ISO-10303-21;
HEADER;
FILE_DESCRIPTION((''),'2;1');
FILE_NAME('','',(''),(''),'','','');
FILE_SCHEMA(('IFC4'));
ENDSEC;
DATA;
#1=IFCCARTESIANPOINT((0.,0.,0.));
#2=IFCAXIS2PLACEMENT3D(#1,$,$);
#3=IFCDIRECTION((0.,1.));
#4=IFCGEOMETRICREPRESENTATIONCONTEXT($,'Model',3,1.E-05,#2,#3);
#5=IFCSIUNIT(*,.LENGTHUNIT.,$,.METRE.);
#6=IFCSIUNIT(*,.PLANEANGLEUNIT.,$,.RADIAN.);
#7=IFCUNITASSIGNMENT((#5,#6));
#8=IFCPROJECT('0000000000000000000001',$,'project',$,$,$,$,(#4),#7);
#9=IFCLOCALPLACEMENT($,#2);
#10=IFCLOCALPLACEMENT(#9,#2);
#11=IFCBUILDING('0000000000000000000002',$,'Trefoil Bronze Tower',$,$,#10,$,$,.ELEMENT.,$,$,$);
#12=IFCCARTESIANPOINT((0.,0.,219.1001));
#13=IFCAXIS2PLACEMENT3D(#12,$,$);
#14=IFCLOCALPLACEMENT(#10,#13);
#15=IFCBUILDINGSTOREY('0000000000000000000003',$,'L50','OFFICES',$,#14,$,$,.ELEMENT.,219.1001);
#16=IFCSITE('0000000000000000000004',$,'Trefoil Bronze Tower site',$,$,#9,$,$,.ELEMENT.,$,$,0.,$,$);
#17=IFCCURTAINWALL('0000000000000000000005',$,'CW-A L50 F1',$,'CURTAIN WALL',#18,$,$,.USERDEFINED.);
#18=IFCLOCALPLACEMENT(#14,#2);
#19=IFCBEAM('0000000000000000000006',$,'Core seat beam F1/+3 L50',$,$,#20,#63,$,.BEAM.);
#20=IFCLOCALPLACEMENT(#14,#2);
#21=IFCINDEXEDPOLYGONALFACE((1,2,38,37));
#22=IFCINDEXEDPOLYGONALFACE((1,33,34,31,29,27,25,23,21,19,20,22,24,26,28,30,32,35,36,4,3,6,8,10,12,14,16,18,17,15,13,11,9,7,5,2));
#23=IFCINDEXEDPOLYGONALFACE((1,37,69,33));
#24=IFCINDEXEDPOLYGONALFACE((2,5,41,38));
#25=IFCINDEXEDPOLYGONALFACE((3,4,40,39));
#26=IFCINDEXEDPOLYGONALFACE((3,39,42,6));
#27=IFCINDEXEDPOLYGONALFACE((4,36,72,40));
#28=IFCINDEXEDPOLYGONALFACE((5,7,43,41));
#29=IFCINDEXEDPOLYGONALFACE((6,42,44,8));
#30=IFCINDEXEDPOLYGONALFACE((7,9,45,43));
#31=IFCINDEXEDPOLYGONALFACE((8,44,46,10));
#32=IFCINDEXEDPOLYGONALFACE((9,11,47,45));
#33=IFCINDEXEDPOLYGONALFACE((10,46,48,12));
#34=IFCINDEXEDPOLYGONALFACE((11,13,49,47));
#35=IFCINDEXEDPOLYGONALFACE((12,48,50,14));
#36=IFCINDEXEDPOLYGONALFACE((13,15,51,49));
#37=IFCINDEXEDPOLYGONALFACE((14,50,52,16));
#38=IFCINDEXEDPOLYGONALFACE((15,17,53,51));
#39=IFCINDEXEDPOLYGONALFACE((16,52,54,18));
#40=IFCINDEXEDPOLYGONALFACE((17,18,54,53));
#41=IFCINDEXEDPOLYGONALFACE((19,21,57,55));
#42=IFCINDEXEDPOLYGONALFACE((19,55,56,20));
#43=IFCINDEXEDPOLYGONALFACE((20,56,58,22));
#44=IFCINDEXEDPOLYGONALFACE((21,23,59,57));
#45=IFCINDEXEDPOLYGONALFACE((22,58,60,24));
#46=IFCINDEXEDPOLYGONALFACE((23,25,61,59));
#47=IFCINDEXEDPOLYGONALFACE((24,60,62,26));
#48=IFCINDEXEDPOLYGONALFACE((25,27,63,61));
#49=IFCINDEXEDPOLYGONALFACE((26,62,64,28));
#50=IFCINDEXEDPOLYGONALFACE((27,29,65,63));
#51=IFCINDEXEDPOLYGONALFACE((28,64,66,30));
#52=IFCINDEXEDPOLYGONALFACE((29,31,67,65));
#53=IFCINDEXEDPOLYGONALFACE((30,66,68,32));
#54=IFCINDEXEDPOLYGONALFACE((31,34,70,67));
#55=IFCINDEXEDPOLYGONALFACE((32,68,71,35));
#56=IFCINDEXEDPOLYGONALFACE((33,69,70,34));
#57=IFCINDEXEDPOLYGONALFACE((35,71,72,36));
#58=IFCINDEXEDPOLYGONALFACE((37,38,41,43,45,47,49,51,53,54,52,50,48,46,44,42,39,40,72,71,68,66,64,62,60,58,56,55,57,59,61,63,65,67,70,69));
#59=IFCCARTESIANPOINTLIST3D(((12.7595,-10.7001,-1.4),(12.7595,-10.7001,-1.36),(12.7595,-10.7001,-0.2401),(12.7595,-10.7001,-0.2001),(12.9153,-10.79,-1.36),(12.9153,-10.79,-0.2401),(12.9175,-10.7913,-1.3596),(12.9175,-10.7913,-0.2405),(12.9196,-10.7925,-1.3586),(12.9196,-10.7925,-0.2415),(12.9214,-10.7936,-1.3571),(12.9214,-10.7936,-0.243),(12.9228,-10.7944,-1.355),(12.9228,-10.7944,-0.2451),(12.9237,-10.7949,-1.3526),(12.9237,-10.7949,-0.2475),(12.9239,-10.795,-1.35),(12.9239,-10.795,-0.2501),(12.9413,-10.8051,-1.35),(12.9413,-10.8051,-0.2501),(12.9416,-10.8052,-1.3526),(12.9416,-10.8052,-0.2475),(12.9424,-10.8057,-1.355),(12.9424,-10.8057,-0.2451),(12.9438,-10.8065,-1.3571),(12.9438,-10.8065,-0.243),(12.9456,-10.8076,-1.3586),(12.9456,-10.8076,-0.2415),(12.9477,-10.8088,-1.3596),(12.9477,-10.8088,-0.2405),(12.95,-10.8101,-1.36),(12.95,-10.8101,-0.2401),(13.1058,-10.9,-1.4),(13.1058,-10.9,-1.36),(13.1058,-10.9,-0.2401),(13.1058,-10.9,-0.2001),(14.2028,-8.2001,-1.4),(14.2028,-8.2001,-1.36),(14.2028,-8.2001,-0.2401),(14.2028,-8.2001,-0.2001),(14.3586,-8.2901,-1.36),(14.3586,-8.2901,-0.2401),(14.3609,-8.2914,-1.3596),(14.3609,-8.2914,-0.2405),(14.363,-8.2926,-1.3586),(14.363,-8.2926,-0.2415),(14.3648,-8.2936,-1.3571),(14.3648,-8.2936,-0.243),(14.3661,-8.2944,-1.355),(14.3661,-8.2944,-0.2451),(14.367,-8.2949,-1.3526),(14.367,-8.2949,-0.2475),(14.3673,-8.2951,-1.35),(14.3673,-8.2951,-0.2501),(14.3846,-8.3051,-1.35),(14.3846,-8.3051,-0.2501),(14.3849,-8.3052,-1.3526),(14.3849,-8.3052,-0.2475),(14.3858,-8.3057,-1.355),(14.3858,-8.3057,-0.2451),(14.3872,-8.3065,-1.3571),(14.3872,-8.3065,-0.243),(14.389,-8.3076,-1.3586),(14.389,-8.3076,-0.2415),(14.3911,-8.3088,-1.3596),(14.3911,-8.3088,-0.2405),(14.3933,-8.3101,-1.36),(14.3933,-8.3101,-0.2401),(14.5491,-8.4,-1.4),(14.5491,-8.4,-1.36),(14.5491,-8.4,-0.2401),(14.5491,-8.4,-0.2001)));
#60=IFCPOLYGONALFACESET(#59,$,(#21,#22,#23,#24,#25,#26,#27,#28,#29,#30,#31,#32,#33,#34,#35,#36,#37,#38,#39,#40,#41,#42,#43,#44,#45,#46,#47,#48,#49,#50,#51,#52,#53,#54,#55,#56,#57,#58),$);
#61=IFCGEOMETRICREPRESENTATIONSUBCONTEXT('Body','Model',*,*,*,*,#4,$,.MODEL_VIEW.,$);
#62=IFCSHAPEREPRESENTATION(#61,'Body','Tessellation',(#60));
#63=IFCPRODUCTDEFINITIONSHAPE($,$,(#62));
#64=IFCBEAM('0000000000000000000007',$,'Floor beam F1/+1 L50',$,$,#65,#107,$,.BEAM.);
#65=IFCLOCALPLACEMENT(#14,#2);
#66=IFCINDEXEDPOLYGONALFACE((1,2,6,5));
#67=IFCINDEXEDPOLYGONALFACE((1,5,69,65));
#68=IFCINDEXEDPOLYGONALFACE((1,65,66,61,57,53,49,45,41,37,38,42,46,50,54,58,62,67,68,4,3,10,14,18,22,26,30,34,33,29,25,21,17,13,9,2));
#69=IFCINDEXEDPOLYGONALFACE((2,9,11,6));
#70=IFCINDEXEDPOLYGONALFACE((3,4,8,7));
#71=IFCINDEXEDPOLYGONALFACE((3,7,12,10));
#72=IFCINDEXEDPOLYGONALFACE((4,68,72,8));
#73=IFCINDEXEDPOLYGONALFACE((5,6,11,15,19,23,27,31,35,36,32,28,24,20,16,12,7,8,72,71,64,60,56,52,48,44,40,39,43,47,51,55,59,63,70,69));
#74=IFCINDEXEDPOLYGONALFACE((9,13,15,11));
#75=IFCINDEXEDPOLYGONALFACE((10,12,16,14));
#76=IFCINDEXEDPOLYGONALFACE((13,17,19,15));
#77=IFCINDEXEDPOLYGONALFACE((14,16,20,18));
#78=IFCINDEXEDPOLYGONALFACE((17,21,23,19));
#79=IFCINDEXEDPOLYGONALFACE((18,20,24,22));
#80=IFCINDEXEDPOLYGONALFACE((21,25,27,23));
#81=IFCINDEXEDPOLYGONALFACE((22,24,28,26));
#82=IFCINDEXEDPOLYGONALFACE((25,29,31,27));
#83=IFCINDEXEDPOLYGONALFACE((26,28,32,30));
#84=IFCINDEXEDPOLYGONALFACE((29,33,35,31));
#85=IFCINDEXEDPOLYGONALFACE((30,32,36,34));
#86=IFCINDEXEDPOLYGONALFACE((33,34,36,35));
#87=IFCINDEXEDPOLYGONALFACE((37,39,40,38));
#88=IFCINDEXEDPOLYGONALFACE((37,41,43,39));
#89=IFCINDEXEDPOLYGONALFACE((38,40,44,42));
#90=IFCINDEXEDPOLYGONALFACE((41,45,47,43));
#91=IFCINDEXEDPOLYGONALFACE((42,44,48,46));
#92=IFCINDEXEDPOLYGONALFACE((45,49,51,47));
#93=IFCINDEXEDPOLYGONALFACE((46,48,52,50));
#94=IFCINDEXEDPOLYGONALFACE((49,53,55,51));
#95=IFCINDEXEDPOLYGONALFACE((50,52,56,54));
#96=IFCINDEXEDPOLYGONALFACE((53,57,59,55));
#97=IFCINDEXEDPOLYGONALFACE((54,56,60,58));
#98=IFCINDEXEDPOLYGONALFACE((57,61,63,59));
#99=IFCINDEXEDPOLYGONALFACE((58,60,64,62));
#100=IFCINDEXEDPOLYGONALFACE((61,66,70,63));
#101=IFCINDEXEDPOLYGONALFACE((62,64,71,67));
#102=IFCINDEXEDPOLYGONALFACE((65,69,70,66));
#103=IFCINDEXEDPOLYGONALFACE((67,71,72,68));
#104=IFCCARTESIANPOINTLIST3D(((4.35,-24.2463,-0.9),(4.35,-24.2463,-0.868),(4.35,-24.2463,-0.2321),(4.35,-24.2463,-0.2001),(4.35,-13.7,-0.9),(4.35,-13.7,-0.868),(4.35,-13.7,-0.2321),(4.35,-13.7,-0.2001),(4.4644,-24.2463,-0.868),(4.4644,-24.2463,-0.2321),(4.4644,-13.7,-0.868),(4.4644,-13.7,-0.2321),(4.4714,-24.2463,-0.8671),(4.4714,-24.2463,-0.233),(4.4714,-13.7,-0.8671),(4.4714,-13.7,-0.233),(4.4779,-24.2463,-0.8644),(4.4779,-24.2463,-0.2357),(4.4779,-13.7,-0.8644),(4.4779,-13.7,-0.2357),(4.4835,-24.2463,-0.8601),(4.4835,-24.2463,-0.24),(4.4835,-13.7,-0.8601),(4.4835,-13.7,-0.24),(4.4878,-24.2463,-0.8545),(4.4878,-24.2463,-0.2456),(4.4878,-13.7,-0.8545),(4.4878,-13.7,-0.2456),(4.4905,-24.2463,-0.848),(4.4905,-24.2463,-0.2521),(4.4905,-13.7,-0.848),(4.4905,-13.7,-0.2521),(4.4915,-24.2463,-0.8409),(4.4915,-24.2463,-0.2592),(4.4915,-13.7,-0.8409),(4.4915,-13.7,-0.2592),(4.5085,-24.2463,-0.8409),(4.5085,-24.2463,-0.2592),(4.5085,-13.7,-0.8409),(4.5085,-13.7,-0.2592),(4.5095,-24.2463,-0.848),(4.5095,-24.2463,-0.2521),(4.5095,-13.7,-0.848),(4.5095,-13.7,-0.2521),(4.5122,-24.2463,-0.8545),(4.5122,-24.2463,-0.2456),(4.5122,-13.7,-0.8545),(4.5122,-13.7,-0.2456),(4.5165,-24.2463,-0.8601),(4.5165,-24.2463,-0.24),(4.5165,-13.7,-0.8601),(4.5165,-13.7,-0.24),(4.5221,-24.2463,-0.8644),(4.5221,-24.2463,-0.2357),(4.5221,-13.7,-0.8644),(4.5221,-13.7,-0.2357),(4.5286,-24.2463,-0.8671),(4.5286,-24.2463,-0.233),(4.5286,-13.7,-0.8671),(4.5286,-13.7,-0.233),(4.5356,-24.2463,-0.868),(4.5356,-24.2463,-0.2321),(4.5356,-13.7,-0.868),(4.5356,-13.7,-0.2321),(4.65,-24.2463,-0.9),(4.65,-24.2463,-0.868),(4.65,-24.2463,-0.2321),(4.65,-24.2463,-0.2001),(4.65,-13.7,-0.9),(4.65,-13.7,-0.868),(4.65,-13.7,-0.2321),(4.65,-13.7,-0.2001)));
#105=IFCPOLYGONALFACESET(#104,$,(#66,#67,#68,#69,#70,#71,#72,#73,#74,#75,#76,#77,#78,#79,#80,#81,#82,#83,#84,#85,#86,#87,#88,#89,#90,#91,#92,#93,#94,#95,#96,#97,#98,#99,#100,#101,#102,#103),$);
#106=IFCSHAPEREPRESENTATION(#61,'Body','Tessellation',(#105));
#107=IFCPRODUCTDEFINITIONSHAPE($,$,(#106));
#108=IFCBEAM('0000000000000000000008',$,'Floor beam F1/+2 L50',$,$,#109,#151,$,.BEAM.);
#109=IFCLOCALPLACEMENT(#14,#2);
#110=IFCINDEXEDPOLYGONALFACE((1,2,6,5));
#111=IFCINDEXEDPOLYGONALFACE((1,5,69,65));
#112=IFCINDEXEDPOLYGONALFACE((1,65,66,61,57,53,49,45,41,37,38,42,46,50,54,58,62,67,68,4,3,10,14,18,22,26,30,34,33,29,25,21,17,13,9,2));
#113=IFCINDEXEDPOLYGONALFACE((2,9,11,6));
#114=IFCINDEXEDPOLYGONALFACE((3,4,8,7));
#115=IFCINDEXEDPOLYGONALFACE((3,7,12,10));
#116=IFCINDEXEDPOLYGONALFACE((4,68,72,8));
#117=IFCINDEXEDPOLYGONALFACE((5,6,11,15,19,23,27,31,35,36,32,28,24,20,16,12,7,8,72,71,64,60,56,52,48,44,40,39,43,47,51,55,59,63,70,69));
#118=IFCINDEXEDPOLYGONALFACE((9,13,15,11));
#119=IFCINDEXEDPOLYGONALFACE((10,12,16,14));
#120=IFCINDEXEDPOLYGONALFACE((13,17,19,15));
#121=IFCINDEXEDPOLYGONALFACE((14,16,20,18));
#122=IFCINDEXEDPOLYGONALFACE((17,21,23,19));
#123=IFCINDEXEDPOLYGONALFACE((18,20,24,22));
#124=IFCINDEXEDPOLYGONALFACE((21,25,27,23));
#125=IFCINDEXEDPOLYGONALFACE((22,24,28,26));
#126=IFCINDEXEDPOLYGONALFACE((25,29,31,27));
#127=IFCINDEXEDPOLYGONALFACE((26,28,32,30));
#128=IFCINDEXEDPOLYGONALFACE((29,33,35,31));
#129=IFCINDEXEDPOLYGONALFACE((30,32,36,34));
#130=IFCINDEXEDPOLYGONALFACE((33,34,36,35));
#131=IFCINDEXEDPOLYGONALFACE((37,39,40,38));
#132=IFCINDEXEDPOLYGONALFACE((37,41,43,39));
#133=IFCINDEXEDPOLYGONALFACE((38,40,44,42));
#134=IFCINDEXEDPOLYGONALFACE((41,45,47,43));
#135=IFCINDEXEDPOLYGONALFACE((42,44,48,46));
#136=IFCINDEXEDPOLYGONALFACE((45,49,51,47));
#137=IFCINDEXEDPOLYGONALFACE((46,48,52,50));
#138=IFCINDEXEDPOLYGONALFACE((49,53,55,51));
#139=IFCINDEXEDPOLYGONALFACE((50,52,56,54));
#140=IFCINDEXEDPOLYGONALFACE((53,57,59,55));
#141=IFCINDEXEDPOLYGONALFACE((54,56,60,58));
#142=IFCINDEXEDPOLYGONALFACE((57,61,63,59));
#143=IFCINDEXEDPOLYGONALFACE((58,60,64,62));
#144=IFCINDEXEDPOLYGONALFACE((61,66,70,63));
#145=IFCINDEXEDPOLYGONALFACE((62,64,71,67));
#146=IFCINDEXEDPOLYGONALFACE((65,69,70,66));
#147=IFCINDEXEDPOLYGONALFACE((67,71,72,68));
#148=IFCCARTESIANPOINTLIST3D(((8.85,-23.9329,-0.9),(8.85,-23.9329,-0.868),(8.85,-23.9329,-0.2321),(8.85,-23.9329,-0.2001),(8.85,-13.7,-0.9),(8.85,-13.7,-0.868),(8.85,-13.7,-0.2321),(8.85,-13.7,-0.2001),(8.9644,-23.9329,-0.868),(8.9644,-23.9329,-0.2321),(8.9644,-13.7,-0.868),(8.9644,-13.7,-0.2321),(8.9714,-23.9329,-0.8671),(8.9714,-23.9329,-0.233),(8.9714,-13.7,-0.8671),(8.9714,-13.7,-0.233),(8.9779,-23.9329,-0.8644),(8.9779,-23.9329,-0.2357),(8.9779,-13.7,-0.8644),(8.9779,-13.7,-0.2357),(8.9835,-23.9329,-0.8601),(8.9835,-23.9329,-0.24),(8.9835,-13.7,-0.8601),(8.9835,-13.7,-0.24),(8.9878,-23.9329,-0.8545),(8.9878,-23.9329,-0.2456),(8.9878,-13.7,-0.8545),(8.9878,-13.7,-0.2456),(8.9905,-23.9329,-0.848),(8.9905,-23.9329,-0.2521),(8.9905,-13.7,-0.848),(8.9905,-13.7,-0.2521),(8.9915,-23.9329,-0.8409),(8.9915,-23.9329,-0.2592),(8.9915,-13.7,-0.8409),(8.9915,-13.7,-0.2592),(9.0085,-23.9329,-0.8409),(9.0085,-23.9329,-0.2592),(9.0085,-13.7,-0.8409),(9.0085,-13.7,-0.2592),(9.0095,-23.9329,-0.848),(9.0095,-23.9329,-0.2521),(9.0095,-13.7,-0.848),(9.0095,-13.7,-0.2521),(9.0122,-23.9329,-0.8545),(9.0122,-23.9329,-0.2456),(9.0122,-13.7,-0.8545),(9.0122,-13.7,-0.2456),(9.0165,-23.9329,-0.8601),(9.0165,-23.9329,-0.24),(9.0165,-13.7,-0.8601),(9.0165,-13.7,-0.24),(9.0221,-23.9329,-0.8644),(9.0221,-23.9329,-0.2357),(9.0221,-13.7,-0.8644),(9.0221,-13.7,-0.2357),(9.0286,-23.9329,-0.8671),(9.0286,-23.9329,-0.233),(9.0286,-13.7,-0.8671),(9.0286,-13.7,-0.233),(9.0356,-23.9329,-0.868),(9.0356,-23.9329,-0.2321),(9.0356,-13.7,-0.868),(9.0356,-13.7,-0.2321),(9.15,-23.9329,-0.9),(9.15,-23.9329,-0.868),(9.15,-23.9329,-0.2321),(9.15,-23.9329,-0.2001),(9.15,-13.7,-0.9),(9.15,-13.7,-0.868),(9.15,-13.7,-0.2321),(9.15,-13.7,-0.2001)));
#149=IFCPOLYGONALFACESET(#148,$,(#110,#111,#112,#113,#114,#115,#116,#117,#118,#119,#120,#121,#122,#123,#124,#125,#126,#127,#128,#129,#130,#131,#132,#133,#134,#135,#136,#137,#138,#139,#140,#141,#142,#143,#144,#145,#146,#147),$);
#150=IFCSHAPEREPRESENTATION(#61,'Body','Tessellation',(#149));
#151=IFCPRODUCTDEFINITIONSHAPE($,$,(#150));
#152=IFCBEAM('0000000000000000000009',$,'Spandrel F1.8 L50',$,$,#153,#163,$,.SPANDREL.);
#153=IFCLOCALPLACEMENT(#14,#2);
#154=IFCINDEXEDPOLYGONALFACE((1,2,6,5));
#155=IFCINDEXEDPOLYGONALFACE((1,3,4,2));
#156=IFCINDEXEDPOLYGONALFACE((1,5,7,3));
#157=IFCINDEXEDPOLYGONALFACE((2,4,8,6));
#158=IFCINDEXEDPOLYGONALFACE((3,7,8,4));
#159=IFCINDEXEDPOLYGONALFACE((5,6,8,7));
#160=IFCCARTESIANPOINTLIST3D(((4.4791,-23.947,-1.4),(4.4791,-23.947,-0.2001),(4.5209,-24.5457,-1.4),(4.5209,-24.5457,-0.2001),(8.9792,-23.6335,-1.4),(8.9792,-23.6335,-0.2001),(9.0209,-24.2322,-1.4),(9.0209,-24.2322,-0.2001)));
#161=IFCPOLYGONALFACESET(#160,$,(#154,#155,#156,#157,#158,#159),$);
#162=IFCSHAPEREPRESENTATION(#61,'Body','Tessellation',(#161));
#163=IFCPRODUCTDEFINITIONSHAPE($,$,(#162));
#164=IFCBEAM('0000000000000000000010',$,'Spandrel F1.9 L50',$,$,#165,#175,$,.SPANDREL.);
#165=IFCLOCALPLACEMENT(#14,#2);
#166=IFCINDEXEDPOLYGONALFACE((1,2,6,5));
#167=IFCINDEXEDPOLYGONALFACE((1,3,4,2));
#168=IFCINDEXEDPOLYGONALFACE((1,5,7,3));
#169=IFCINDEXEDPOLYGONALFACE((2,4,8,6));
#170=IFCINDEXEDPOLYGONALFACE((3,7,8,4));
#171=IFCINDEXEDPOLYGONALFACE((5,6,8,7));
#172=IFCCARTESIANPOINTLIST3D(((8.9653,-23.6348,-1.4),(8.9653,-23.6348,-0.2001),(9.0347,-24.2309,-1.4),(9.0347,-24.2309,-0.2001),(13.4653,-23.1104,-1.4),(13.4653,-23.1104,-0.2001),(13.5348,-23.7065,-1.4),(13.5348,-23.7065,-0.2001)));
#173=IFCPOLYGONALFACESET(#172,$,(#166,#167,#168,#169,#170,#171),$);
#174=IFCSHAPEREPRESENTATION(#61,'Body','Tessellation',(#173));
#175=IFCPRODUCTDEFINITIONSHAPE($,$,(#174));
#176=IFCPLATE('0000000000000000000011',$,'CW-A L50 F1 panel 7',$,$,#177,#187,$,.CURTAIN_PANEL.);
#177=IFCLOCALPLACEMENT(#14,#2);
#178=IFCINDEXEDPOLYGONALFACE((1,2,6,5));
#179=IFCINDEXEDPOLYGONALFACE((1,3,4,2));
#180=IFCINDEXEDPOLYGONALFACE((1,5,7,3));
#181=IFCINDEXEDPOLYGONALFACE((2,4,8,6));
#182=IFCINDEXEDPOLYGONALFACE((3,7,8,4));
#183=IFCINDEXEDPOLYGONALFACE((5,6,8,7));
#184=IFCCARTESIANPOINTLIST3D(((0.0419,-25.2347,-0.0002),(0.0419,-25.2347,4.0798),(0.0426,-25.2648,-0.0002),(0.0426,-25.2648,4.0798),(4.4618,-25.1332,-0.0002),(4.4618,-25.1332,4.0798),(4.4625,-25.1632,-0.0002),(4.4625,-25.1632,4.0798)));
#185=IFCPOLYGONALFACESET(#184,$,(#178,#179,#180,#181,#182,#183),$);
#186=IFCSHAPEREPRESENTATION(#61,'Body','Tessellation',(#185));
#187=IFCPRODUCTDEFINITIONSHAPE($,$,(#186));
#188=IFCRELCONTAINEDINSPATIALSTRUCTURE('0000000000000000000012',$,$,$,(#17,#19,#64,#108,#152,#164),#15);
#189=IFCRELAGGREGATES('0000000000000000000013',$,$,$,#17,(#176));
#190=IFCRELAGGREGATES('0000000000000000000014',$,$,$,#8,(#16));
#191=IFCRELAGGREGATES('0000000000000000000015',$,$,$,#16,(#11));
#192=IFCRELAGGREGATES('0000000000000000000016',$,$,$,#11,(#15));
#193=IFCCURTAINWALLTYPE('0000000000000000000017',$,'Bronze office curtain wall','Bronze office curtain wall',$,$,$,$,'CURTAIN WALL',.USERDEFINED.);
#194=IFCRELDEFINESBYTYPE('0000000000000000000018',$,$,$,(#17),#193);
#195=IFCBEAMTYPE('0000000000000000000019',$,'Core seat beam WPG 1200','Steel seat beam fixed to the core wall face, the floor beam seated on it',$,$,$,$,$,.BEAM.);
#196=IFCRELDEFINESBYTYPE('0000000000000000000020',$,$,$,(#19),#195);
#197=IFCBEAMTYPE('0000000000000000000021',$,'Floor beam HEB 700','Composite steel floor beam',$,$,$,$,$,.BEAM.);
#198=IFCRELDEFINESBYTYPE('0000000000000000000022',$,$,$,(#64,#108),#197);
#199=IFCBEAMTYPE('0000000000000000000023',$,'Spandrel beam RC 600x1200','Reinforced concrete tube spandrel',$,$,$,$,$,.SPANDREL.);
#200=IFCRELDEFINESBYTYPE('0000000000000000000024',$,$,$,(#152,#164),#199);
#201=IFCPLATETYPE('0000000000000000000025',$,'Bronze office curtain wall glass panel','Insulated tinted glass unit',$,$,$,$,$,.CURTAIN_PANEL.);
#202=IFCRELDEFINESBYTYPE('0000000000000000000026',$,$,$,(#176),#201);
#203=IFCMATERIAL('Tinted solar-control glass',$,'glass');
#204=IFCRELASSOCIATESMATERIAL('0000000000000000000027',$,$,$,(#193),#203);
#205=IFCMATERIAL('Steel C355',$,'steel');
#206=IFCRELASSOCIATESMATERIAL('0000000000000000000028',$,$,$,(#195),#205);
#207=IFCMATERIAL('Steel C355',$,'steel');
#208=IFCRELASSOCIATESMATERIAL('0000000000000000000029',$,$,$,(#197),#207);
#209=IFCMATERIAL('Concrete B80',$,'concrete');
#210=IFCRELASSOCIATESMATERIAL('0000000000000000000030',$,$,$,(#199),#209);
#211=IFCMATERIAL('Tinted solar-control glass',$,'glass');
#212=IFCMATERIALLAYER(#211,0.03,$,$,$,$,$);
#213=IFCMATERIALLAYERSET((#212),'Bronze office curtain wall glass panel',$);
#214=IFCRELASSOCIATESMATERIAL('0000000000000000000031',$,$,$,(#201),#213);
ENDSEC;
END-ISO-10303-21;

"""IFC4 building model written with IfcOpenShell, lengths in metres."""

from ifc_helpers import new_model, si_unit, direction, frame, origin, origin_2d, place, context, subcontext, project, spatial, rectangle, i_section, extrude, material, layer, layer_set, material_profile, profile_set, type_object, element, aggregate, save


model = new_model("IFC4")

# Units and contexts
model_context = context("Model", 3, precision=1e-05, world=origin(), true_north=direction((0.0, 1.0)))
body_context = subcontext(model_context, "Body", "Model", "MODEL_VIEW")
ifc_project = project(units=[si_unit("LENGTHUNIT", "METRE"), si_unit("PLANEANGLEUNIT", "RADIAN")], contexts=[model_context])

# Site, building, storey
site_placement = place(None, origin())
site = spatial("IfcSite", under=ifc_project, at=site_placement, Name="Trefoil Bronze Tower site", CompositionType="ELEMENT", RefElevation=0.0)
building_placement = place(site_placement, origin())
building = spatial("IfcBuilding", under=site, at=building_placement, Name="Trefoil Bronze Tower", CompositionType="ELEMENT")
storey_placement = place(building_placement, frame((0.0, 0.0, 219.1001)))
storey = spatial("IfcBuildingStorey", under=building, at=storey_placement, Name="L50", Description="OFFICES", CompositionType="ELEMENT", Elevation=219.1001)

# Curtain wall
ifc_material_1 = material(Name="Tinted solar-control glass", Category="glass")
curtain_wall_type = type_object("IfcCurtainWallType", Name="Bronze office curtain wall", Description="Bronze office curtain wall", ElementType="CURTAIN WALL", PredefinedType="USERDEFINED", material=ifc_material_1)
curtain_wall_placement = place(storey_placement, origin())
curtain_wall = element("IfcCurtainWall", 1, at=curtain_wall_placement, inside=storey, type_object=curtain_wall_type, Name="CW-A L50 F1", ObjectType="CURTAIN WALL", PredefinedType="USERDEFINED")

# Beams
ifc_material_2 = material(Name="Steel C355", Category="steel")
ifc_material_profile_1 = material_profile(ifc_material_2, i_section(OverallWidth=0.3999, OverallDepth=1.2, WebThickness=0.02, FlangeThickness=0.04, FilletRadius=0.01, at=origin_2d()), Name="WPG 1200")
ifc_profile_set_1 = profile_set([ifc_material_profile_1], Name="Steel C355")
beam_type_1 = type_object("IfcBeamType", Name="Core seat beam WPG 1200", Description="Steel seat beam fixed to the core wall face, the floor beam seated on it", PredefinedType="BEAM", material=ifc_profile_set_1)
beam_1_placement = place(storey_placement, frame((12.9326, -10.8, -0.8), z_axis=(0.499996, 0.866028, 0.0), x_axis=(-0.866028, 0.499996, 0.0)))
element("IfcBeam", 2, at=beam_1_placement, inside=storey, type_object=beam_type_1, Name="Core seat beam F1/+3 L50", PredefinedType="BEAM", context=body_context, shape_type="SweptSolid", body=[
    extrude(i_section(OverallWidth=0.3999, OverallDepth=1.2, WebThickness=0.02, FlangeThickness=0.04, FilletRadius=0.01, at=origin_2d()), origin(), (0.0, 0.0, 1.0), 2.8867),
])
ifc_material_3 = material(Name="Steel C355", Category="steel")
ifc_material_profile_2 = material_profile(ifc_material_3, i_section(OverallWidth=0.3, OverallDepth=0.7, WebThickness=0.0171, FlangeThickness=0.032, FilletRadius=0.0271, at=origin_2d()), Name="HEB 700")
ifc_profile_set_2 = profile_set([ifc_material_profile_2], Name="Steel C355")
beam_type_2 = type_object("IfcBeamType", Name="Floor beam HEB 700", Description="Composite steel floor beam", PredefinedType="BEAM", material=ifc_profile_set_2)
beam_2_placement = place(storey_placement, frame((4.5, -24.2463, -0.55), z_axis=(0.0, 1.0, 0.0), x_axis=(-1.0, 0.0, 0.0)))
element("IfcBeam", 3, at=beam_2_placement, inside=storey, type_object=beam_type_2, Name="Floor beam F1/+1 L50", PredefinedType="BEAM", context=body_context, shape_type="SweptSolid", body=[
    extrude(i_section(OverallWidth=0.3, OverallDepth=0.7, WebThickness=0.0171, FlangeThickness=0.032, FilletRadius=0.0271, at=origin_2d()), origin(), (0.0, 0.0, 1.0), 10.5464),
])
beam_3_placement = place(storey_placement, frame((9.0, -23.9329, -0.55), z_axis=(0.0, 1.0, 0.0), x_axis=(-1.0, 0.0, 0.0)))
element("IfcBeam", 4, at=beam_3_placement, inside=storey, type_object=beam_type_2, Name="Floor beam F1/+2 L50", PredefinedType="BEAM", context=body_context, shape_type="SweptSolid", body=[
    extrude(i_section(OverallWidth=0.3, OverallDepth=0.7, WebThickness=0.0171, FlangeThickness=0.032, FilletRadius=0.0271, at=origin_2d()), origin(), (0.0, 0.0, 1.0), 10.2329),
])
ifc_material_4 = material(Name="Concrete B80", Category="concrete")
ifc_material_profile_3 = material_profile(ifc_material_4, rectangle(XDim=0.6001, YDim=1.2, at=origin_2d()), Name="RC 600x1200")
ifc_profile_set_3 = profile_set([ifc_material_profile_3], Name="Concrete B80")
beam_type_3 = type_object("IfcBeamType", Name="Spandrel beam RC 600x1200", Description="Reinforced concrete tube spandrel", PredefinedType="SPANDREL", material=ifc_profile_set_3)
beam_4_placement = place(storey_placement, frame((4.5, -24.2463, -0.8), z_axis=(0.997582, 0.069493, 0.0), x_axis=(-0.069493, 0.997582, 0.0)))
element("IfcBeam", 5, at=beam_4_placement, inside=storey, type_object=beam_type_3, Name="Spandrel F1.8 L50", PredefinedType="SPANDREL", context=body_context, shape_type="SweptSolid", body=[
    extrude(rectangle(XDim=0.6001, YDim=1.2, at=origin_2d()), origin(), (0.0, 0.0, 1.0), 4.511),
])
beam_5_placement = place(storey_placement, frame((9.0, -23.9329, -0.8), z_axis=(0.993278, 0.115753, 0.0), x_axis=(-0.115753, 0.993278, 0.0)))
element("IfcBeam", 6, at=beam_5_placement, inside=storey, type_object=beam_type_3, Name="Spandrel F1.9 L50", PredefinedType="SPANDREL", context=body_context, shape_type="SweptSolid", body=[
    extrude(rectangle(XDim=0.6001, YDim=1.2, at=origin_2d()), origin(), (0.0, 0.0, 1.0), 4.5305),
])

# Plate
ifc_material_5 = material(Name="Tinted solar-control glass", Category="glass")
ifc_layer_1 = layer(ifc_material_5, 0.03)
ifc_layer_set_1 = layer_set([ifc_layer_1], Name="Bronze office curtain wall glass panel")
plate_type = type_object("IfcPlateType", Name="Bronze office curtain wall glass panel", Description="Insulated tinted glass unit", PredefinedType="CURTAIN_PANEL", material=ifc_layer_set_1)
plate_1_placement = place(storey_placement, frame((2.2522, -25.199, -0.0002), z_axis=(0.0, 0.0, 1.0), x_axis=(0.999736, 0.022972, 0.0)))
plate_1 = element("IfcPlate", 7, at=plate_1_placement, type_object=plate_type, Name="CW-A L50 F1 panel 7", PredefinedType="CURTAIN_PANEL", context=body_context, shape_type="SweptSolid", body=[
    extrude(rectangle(XDim=4.4211, YDim=0.03, at=origin_2d()), origin(), (0.0, 0.0, 1.0), 4.0801),
])
aggregate(curtain_wall, [plate_1])

save(model, "model.ifc")
